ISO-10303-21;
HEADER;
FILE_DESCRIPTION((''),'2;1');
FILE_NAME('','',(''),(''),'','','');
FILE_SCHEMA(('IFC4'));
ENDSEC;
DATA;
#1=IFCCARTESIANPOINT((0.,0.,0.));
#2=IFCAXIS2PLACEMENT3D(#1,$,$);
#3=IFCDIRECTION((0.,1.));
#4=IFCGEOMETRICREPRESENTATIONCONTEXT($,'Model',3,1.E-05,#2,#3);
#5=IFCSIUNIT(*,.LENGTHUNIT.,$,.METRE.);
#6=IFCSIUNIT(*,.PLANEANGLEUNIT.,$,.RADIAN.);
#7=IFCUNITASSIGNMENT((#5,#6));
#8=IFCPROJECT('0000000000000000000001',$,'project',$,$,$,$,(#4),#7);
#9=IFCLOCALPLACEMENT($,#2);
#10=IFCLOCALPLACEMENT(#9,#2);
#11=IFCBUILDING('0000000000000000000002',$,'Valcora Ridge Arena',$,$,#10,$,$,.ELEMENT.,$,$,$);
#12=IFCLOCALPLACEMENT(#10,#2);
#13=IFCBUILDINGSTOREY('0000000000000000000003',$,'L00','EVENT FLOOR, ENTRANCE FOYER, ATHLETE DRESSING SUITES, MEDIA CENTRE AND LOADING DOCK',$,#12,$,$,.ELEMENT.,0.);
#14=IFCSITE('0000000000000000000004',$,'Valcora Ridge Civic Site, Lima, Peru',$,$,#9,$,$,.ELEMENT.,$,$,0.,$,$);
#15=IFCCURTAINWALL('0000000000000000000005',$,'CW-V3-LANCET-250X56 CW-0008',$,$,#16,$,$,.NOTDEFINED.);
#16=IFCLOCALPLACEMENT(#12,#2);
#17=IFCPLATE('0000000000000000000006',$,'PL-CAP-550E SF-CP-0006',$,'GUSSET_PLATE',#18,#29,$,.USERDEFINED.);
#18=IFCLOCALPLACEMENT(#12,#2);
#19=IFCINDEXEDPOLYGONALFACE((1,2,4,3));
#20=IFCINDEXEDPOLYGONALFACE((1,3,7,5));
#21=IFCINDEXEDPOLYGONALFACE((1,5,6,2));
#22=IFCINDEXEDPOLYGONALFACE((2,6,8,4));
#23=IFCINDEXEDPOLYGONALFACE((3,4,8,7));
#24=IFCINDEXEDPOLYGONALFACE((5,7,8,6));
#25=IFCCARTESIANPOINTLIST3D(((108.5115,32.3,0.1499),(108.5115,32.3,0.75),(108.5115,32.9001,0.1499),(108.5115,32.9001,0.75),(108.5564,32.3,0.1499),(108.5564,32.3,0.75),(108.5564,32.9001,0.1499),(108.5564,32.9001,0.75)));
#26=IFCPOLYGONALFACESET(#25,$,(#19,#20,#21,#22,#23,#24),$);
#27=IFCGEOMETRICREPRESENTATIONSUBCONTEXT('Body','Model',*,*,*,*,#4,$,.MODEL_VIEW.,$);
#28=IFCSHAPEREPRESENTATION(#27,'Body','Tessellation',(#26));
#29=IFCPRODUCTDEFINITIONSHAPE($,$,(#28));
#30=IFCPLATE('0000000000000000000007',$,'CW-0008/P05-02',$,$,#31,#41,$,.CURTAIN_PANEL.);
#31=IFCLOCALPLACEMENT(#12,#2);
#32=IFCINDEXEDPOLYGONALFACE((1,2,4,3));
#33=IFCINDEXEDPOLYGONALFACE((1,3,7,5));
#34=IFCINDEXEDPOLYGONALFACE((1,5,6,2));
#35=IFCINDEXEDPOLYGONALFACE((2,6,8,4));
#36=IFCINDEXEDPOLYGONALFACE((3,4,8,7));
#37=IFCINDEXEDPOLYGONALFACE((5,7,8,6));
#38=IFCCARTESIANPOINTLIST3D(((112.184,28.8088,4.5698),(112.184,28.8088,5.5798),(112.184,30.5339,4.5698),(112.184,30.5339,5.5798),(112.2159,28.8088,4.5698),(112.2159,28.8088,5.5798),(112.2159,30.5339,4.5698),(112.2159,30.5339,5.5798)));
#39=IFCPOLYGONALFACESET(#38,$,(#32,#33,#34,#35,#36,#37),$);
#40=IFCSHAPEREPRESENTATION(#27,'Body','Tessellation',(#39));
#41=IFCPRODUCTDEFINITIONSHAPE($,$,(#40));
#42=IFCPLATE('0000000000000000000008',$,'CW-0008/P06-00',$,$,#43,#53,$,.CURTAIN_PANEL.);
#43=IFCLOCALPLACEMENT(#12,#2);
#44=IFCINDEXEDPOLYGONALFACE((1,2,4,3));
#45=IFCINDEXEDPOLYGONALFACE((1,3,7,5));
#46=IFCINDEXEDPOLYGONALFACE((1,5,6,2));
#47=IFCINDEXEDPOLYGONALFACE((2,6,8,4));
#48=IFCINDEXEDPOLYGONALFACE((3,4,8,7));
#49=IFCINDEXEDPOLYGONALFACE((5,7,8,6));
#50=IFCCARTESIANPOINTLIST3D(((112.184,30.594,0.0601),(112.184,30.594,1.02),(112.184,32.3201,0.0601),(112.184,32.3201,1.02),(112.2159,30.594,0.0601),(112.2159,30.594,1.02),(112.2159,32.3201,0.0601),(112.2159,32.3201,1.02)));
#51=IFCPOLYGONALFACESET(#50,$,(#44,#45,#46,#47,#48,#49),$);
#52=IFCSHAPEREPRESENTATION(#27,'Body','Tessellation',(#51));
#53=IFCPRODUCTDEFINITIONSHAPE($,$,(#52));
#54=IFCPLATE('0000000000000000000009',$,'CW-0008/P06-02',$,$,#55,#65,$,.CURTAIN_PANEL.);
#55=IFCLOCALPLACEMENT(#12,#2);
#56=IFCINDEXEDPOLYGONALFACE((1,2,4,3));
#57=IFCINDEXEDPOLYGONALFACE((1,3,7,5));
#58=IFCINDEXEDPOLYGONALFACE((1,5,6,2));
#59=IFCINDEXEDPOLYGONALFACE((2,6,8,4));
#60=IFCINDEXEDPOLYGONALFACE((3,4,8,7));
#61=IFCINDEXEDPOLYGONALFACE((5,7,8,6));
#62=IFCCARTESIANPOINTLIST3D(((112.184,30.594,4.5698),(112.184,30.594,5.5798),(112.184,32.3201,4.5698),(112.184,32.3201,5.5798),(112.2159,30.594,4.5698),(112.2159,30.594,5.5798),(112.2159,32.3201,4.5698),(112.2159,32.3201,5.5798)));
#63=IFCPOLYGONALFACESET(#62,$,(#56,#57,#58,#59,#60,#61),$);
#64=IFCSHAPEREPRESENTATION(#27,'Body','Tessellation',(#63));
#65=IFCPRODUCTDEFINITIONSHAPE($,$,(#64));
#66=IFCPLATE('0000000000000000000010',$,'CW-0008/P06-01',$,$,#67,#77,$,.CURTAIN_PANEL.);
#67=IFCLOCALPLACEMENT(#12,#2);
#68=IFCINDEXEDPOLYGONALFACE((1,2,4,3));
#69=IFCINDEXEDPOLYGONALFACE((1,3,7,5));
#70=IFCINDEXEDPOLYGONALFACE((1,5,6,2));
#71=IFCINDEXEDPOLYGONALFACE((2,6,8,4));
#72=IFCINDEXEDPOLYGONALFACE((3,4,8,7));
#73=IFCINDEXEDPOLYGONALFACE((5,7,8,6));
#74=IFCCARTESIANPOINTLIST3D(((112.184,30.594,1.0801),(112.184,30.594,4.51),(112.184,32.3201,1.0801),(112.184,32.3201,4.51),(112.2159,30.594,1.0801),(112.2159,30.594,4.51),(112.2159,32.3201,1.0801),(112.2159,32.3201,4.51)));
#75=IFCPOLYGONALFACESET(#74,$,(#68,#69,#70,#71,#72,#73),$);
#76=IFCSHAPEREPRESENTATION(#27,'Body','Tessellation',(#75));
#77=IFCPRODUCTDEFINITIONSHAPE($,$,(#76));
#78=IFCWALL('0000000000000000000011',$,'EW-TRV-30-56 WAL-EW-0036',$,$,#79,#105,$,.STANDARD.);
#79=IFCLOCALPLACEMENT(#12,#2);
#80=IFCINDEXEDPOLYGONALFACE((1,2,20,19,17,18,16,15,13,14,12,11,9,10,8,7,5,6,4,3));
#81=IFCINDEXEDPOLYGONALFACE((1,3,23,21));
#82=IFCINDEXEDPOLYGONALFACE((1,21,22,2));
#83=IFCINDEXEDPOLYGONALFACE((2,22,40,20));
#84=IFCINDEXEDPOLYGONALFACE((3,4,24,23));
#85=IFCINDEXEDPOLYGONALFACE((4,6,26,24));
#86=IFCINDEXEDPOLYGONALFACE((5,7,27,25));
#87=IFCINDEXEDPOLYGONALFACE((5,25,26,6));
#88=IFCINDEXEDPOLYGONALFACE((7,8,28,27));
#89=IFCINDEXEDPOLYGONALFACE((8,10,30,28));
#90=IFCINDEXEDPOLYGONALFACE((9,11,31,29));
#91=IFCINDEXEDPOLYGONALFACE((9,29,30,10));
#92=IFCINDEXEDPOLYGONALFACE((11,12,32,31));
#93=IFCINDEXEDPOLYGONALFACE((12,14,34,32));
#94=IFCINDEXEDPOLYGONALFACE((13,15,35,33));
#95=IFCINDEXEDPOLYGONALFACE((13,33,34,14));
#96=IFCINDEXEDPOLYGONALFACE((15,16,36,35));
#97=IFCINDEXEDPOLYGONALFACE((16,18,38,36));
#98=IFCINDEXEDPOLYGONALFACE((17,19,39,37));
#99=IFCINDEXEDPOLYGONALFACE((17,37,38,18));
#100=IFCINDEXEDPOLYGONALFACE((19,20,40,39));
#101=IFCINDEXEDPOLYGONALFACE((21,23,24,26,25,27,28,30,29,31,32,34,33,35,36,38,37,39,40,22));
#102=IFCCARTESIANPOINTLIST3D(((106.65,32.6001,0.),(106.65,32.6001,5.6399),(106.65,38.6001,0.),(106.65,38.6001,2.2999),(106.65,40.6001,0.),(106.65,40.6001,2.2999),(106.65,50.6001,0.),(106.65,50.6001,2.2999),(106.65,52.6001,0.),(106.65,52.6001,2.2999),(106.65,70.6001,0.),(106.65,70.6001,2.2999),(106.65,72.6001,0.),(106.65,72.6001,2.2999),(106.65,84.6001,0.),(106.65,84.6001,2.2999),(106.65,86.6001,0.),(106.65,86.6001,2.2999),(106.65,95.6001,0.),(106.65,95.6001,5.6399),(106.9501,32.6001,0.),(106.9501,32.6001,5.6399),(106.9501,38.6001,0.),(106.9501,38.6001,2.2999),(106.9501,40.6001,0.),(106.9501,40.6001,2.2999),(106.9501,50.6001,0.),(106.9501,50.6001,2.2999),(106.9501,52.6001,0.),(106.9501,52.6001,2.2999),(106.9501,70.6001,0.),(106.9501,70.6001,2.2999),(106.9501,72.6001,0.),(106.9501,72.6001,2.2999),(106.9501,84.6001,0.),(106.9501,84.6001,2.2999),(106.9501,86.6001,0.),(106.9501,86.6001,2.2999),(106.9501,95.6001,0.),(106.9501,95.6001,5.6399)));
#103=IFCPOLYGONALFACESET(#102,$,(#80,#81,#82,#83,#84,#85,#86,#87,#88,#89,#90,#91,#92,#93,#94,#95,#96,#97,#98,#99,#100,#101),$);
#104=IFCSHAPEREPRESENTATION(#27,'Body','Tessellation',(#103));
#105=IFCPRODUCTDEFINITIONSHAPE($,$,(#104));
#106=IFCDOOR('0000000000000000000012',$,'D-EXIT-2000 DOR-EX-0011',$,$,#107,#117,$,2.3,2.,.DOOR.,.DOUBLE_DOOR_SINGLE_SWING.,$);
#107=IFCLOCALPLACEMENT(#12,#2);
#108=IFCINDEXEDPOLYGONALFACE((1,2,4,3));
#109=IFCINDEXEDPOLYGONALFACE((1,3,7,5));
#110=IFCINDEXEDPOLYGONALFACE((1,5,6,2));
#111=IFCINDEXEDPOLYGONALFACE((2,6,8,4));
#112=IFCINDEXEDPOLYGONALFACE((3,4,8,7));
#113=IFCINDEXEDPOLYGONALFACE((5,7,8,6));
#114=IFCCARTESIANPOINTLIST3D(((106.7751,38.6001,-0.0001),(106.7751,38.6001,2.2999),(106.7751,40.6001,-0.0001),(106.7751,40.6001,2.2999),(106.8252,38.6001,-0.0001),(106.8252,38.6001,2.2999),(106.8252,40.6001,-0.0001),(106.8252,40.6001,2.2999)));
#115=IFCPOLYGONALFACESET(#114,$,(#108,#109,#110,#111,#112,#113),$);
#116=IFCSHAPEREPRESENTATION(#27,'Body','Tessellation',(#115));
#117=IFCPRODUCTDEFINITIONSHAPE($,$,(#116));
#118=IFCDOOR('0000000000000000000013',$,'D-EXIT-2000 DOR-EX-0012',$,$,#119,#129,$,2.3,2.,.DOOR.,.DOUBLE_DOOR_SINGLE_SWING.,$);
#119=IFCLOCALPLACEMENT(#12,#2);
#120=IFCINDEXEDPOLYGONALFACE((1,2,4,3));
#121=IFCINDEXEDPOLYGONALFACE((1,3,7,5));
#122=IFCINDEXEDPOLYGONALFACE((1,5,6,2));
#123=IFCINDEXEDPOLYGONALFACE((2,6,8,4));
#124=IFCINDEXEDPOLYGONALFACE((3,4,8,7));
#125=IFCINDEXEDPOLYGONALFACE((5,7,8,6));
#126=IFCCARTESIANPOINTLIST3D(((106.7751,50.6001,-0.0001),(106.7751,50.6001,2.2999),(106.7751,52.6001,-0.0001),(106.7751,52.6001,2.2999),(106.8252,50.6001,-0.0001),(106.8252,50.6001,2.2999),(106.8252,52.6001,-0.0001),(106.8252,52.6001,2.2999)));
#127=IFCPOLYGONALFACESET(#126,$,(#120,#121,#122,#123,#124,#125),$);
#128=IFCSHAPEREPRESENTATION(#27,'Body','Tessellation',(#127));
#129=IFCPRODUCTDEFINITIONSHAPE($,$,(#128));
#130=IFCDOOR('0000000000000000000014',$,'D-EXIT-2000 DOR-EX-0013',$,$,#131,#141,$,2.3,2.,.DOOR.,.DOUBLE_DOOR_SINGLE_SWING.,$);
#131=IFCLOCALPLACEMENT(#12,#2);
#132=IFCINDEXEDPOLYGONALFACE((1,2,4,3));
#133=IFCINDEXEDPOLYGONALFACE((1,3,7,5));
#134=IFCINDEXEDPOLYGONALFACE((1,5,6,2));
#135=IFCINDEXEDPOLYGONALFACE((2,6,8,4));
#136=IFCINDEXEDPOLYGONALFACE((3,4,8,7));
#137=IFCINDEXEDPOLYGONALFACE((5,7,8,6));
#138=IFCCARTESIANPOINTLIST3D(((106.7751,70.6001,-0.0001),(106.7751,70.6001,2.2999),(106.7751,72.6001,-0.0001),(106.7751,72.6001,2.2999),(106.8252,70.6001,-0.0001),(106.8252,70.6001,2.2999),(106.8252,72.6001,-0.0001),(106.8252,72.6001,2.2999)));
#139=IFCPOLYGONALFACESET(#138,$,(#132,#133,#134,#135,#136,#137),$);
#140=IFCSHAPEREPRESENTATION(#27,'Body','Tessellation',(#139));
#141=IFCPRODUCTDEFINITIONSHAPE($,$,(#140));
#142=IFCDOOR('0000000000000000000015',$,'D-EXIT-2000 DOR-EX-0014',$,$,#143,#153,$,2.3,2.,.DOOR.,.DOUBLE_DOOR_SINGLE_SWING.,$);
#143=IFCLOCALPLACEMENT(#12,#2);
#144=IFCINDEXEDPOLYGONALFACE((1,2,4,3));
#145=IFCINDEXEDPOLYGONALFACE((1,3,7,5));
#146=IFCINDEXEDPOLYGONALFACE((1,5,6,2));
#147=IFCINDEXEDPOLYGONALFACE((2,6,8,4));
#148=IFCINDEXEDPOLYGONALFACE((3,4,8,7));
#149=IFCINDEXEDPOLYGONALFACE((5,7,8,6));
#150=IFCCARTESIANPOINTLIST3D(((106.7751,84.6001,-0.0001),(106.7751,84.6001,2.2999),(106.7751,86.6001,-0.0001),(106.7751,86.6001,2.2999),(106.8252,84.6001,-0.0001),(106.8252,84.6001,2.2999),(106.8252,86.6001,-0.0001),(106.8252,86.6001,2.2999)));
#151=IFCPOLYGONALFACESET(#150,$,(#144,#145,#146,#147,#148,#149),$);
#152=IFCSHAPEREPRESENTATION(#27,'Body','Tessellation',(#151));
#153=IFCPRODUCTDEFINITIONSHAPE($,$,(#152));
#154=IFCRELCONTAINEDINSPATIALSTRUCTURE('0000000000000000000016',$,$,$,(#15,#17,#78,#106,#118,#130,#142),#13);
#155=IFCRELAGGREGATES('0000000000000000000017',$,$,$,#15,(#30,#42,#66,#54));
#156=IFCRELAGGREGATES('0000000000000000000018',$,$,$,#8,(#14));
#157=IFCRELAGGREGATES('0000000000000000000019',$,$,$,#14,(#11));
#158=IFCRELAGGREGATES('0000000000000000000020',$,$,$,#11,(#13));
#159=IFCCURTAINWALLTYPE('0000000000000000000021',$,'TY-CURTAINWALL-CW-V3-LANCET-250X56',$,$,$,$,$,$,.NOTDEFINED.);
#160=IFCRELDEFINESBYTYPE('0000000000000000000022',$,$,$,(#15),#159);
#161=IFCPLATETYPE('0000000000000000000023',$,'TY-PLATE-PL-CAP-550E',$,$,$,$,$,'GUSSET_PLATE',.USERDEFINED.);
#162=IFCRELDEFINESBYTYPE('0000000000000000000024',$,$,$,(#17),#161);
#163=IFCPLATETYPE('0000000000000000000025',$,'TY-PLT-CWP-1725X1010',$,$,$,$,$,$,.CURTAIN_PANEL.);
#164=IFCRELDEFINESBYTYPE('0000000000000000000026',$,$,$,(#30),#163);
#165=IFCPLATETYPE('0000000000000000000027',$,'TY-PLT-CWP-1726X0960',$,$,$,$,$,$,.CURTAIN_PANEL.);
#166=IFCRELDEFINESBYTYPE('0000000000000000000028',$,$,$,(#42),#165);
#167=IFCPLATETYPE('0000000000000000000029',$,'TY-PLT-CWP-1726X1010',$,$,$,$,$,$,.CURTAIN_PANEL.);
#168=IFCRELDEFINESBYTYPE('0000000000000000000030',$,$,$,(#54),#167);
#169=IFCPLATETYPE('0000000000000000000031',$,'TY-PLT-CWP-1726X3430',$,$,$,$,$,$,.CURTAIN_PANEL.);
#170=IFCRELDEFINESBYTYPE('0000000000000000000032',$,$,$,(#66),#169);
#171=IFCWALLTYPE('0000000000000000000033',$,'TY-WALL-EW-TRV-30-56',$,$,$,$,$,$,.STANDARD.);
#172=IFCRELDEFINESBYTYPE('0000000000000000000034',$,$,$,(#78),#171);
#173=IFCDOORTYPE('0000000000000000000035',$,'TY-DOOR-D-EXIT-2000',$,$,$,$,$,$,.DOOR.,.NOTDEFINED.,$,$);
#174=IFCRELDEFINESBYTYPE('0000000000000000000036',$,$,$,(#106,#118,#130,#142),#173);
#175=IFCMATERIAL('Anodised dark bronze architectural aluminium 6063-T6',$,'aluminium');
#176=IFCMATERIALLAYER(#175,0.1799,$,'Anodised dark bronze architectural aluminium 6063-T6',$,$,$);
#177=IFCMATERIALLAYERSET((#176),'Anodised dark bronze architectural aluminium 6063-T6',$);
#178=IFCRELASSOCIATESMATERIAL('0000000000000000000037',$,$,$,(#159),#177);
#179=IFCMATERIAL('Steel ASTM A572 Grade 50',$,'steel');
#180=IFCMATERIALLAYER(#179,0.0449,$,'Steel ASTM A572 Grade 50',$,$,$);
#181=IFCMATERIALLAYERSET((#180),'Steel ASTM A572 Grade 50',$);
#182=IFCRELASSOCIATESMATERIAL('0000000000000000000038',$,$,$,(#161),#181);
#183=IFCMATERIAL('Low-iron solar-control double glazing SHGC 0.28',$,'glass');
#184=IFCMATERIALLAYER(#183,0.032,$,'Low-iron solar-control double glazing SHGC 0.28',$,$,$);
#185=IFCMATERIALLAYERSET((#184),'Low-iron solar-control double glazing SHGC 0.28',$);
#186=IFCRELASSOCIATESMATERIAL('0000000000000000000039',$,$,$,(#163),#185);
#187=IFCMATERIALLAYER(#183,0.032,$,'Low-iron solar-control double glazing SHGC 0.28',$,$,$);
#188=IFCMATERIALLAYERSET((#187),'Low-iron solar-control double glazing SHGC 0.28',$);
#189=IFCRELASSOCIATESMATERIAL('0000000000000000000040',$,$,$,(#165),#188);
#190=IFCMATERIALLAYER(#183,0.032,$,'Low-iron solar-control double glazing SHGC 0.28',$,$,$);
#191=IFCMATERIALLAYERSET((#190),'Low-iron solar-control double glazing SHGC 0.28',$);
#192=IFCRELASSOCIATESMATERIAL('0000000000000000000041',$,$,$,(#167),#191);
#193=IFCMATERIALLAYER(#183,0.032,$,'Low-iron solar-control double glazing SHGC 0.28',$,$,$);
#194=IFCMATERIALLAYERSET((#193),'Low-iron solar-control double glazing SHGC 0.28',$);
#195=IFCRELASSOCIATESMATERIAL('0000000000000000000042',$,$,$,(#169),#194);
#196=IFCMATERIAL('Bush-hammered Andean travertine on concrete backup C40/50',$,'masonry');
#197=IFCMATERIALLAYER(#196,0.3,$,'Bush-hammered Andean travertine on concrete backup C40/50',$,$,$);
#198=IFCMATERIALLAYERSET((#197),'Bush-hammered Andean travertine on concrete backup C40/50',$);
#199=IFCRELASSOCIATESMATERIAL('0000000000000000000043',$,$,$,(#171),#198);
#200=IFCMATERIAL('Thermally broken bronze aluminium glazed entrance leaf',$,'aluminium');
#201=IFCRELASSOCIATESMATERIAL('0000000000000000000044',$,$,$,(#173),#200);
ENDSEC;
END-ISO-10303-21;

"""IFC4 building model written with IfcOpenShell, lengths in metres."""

from ifc_helpers import new_model, si_unit, direction, frame, frame_2d, origin, origin_2d, place, context, subcontext, project, spatial, rectangle, extrude, material, layer, layer_set, type_object, element, fill, aggregate, save


model = new_model("IFC4")

# Units and contexts
model_context = context("Model", 3, precision=1e-05, world=origin(), true_north=direction((0.0, 1.0)))
body_context = subcontext(model_context, "Body", "Model", "MODEL_VIEW")
ifc_project = project(units=[si_unit("LENGTHUNIT", "METRE"), si_unit("PLANEANGLEUNIT", "RADIAN")], contexts=[model_context])

# Site, building, storey
site_placement = place(None, origin())
site = spatial("IfcSite", under=ifc_project, at=site_placement, Name="Valcora Ridge Civic Site, Lima, Peru", CompositionType="ELEMENT", RefElevation=0.0)
building_placement = place(site_placement, origin())
building = spatial("IfcBuilding", under=site, at=building_placement, Name="Valcora Ridge Arena", CompositionType="ELEMENT")
storey_placement = place(building_placement, origin())
storey = spatial("IfcBuildingStorey", under=building, at=storey_placement, Name="L00", Description="EVENT FLOOR, ENTRANCE FOYER, ATHLETE DRESSING SUITES, MEDIA CENTRE AND LOADING DOCK", CompositionType="ELEMENT", Elevation=0.0)

# Curtain wall
ifc_material_1 = material(Name="Anodised dark bronze architectural aluminium 6063-T6", Category="aluminium")
ifc_layer_1 = layer(ifc_material_1, 0.1799, Name="Anodised dark bronze architectural aluminium 6063-T6")
ifc_layer_set_1 = layer_set([ifc_layer_1], Name="Anodised dark bronze architectural aluminium 6063-T6")
curtain_wall_type = type_object("IfcCurtainWallType", Name="TY-CURTAINWALL-CW-V3-LANCET-250X56", PredefinedType="NOTDEFINED", material=ifc_layer_set_1)
curtain_wall_placement = place(storey_placement, origin())
curtain_wall = element("IfcCurtainWall", 1, at=curtain_wall_placement, inside=storey, type_object=curtain_wall_type, Name="CW-V3-LANCET-250X56 CW-0008", PredefinedType="NOTDEFINED")

# Plates
ifc_material_2 = material(Name="Steel ASTM A572 Grade 50", Category="steel")
ifc_layer_2 = layer(ifc_material_2, 0.0449, Name="Steel ASTM A572 Grade 50")
ifc_layer_set_2 = layer_set([ifc_layer_2], Name="Steel ASTM A572 Grade 50")
plate_type_1 = type_object("IfcPlateType", Name="TY-PLATE-PL-CAP-550E", ElementType="GUSSET_PLATE", PredefinedType="USERDEFINED", material=ifc_layer_set_2)
plate_1_placement = place(storey_placement, frame((108.5339, 32.6001, 0.1499), z_axis=(0.0, 0.0, 1.0), x_axis=(1.0, 0.0, 0.0)))
element("IfcPlate", 2, at=plate_1_placement, inside=storey, type_object=plate_type_1, Name="PL-CAP-550E SF-CP-0006", ObjectType="GUSSET_PLATE", PredefinedType="USERDEFINED", context=body_context, shape_type="SweptSolid", body=[
    extrude(rectangle(XDim=0.0449, YDim=0.6001, at=origin_2d()), origin(), (0.0, 0.0, 1.0), 0.6001),
])
ifc_material_3 = material(Name="Low-iron solar-control double glazing SHGC 0.28", Category="glass")
ifc_layer_3 = layer(ifc_material_3, 0.032, Name="Low-iron solar-control double glazing SHGC 0.28")
ifc_layer_set_3 = layer_set([ifc_layer_3], Name="Low-iron solar-control double glazing SHGC 0.28")
plate_type_2 = type_object("IfcPlateType", Name="TY-PLT-CWP-1725X1010", PredefinedType="CURTAIN_PANEL", material=ifc_layer_set_3)
plate_2_placement = place(storey_placement, frame((112.2, 29.6714, 4.5698), z_axis=(0.0, 0.0, 1.0), x_axis=(0.0, 1.0, 0.0)))
plate_2 = element("IfcPlate", 3, at=plate_2_placement, type_object=plate_type_2, Name="CW-0008/P05-02", PredefinedType="CURTAIN_PANEL", context=body_context, shape_type="SweptSolid", body=[
    extrude(rectangle(XDim=1.7251, YDim=0.032, at=origin_2d()), origin(), (0.0, 0.0, 1.0), 1.01),
])
ifc_layer_4 = layer(ifc_material_3, 0.032, Name="Low-iron solar-control double glazing SHGC 0.28")
ifc_layer_set_4 = layer_set([ifc_layer_4], Name="Low-iron solar-control double glazing SHGC 0.28")
plate_type_3 = type_object("IfcPlateType", Name="TY-PLT-CWP-1726X0960", PredefinedType="CURTAIN_PANEL", material=ifc_layer_set_4)
plate_3_placement = place(storey_placement, frame((112.2, 31.457, 0.0601), z_axis=(0.0, 0.0, 1.0), x_axis=(0.0, 1.0, 0.0)))
plate_3 = element("IfcPlate", 4, at=plate_3_placement, type_object=plate_type_3, Name="CW-0008/P06-00", PredefinedType="CURTAIN_PANEL", context=body_context, shape_type="SweptSolid", body=[
    extrude(rectangle(XDim=1.7261, YDim=0.032, at=origin_2d()), origin(), (0.0, 0.0, 1.0), 0.96),
])
ifc_layer_5 = layer(ifc_material_3, 0.032, Name="Low-iron solar-control double glazing SHGC 0.28")
ifc_layer_set_5 = layer_set([ifc_layer_5], Name="Low-iron solar-control double glazing SHGC 0.28")
plate_type_4 = type_object("IfcPlateType", Name="TY-PLT-CWP-1726X1010", PredefinedType="CURTAIN_PANEL", material=ifc_layer_set_5)
plate_4_placement = place(storey_placement, frame((112.2, 31.457, 4.5698), z_axis=(0.0, 0.0, 1.0), x_axis=(0.0, 1.0, 0.0)))
plate_4 = element("IfcPlate", 5, at=plate_4_placement, type_object=plate_type_4, Name="CW-0008/P06-02", PredefinedType="CURTAIN_PANEL", context=body_context, shape_type="SweptSolid", body=[
    extrude(rectangle(XDim=1.7261, YDim=0.032, at=origin_2d()), origin(), (0.0, 0.0, 1.0), 1.01),
])
ifc_layer_6 = layer(ifc_material_3, 0.032, Name="Low-iron solar-control double glazing SHGC 0.28")
ifc_layer_set_6 = layer_set([ifc_layer_6], Name="Low-iron solar-control double glazing SHGC 0.28")
plate_type_5 = type_object("IfcPlateType", Name="TY-PLT-CWP-1726X3430", PredefinedType="CURTAIN_PANEL", material=ifc_layer_set_6)
plate_5_placement = place(storey_placement, frame((112.2, 31.457, 1.0801), z_axis=(0.0, 0.0, 1.0), x_axis=(0.0, 1.0, 0.0)))
plate_5 = element("IfcPlate", 6, at=plate_5_placement, type_object=plate_type_5, Name="CW-0008/P06-01", PredefinedType="CURTAIN_PANEL", context=body_context, shape_type="SweptSolid", body=[
    extrude(rectangle(XDim=1.7261, YDim=0.032, at=origin_2d()), origin(), (0.0, 0.0, 1.0), 3.4299),
])
aggregate(curtain_wall, [plate_2, plate_3, plate_5, plate_4])

# Wall, openings, doors
ifc_material_4 = material(Name="Bush-hammered Andean travertine on concrete backup C40/50", Category="masonry")
ifc_layer_7 = layer(ifc_material_4, 0.3, Name="Bush-hammered Andean travertine on concrete backup C40/50")
ifc_layer_set_7 = layer_set([ifc_layer_7], Name="Bush-hammered Andean travertine on concrete backup C40/50")
wall_type = type_object("IfcWallType", Name="TY-WALL-EW-TRV-30-56", PredefinedType="STANDARD", material=ifc_layer_set_7)
wall_placement = place(storey_placement, frame((106.8, 32.6001, 0.0), z_axis=(0.0, 0.0, 1.0), x_axis=(0.0, 1.0, 0.0)))
wall = element("IfcWall", 7, at=wall_placement, inside=storey, type_object=wall_type, Name="EW-TRV-30-56 WAL-EW-0036", PredefinedType="STANDARD", context=body_context, shape_type="SweptSolid", body=[
    extrude(rectangle(XDim=63.0, YDim=0.3, at=frame_2d((31.5, 0.0))), origin(), (0.0, 0.0, 1.0), 5.6399),
])
opening_1_placement = place(wall_placement, frame((6.0, 0.0, 0.0)))
opening_1 = element("IfcOpeningElement", 8, at=opening_1_placement, cuts=wall, PredefinedType="OPENING", context=body_context, shape_type="SweptSolid", body=[
    extrude(rectangle(XDim=2.0, YDim=2.3, at=frame_2d((1.0, 1.1499))), frame((0.0, 0.1599, 0.0), z_axis=(0.0, -1.0, 0.0), x_axis=(1.0, 0.0, 0.0)), (0.0, 0.0, 1.0), 0.3201),
])
opening_2_placement = place(wall_placement, frame((18.0, 0.0, 0.0)))
opening_2 = element("IfcOpeningElement", 9, at=opening_2_placement, cuts=wall, PredefinedType="OPENING", context=body_context, shape_type="SweptSolid", body=[
    extrude(rectangle(XDim=2.0, YDim=2.3, at=frame_2d((1.0, 1.1499))), frame((0.0, 0.1599, 0.0), z_axis=(0.0, -1.0, 0.0), x_axis=(1.0, 0.0, 0.0)), (0.0, 0.0, 1.0), 0.3201),
])
opening_3_placement = place(wall_placement, frame((38.0, 0.0, 0.0)))
opening_3 = element("IfcOpeningElement", 10, at=opening_3_placement, cuts=wall, PredefinedType="OPENING", context=body_context, shape_type="SweptSolid", body=[
    extrude(rectangle(XDim=2.0, YDim=2.3, at=frame_2d((1.0, 1.1499))), frame((0.0, 0.1599, 0.0), z_axis=(0.0, -1.0, 0.0), x_axis=(1.0, 0.0, 0.0)), (0.0, 0.0, 1.0), 0.3201),
])
opening_4_placement = place(wall_placement, frame((52.0, 0.0, 0.0)))
opening_4 = element("IfcOpeningElement", 11, at=opening_4_placement, cuts=wall, PredefinedType="OPENING", context=body_context, shape_type="SweptSolid", body=[
    extrude(rectangle(XDim=2.0, YDim=2.3, at=frame_2d((1.0, 1.1499))), frame((0.0, 0.1599, 0.0), z_axis=(0.0, -1.0, 0.0), x_axis=(1.0, 0.0, 0.0)), (0.0, 0.0, 1.0), 0.3201),
])
ifc_material_5 = material(Name="Thermally broken bronze aluminium glazed entrance leaf", Category="aluminium")
door_type = type_object("IfcDoorType", Name="TY-DOOR-D-EXIT-2000", OperationType="NOTDEFINED", PredefinedType="DOOR", material=ifc_material_5)
door_1_placement = place(opening_1_placement, origin())
door_1 = element("IfcDoor", 12, at=door_1_placement, inside=storey, type_object=door_type, Name="D-EXIT-2000 DOR-EX-0011", OperationType="DOUBLE_DOOR_SINGLE_SWING", OverallHeight=2.3, OverallWidth=2.0, PredefinedType="DOOR", context=body_context, shape_type="SweptSolid", body=[
    extrude(rectangle(XDim=2.0, YDim=2.3, at=frame_2d((1.0, 1.1499))), frame((0.0, 0.0249, 0.0), z_axis=(0.0, -1.0, 0.0), x_axis=(1.0, 0.0, 0.0)), (0.0, 0.0, 1.0), 0.05),
])
fill(opening_1, door_1)
door_2_placement = place(opening_2_placement, origin())
door_2 = element("IfcDoor", 13, at=door_2_placement, inside=storey, type_object=door_type, Name="D-EXIT-2000 DOR-EX-0012", OperationType="DOUBLE_DOOR_SINGLE_SWING", OverallHeight=2.3, OverallWidth=2.0, PredefinedType="DOOR", context=body_context, shape_type="SweptSolid", body=[
    extrude(rectangle(XDim=2.0, YDim=2.3, at=frame_2d((1.0, 1.1499))), frame((0.0, 0.0249, 0.0), z_axis=(0.0, -1.0, 0.0), x_axis=(1.0, 0.0, 0.0)), (0.0, 0.0, 1.0), 0.05),
])
fill(opening_2, door_2)
door_3_placement = place(opening_3_placement, origin())
door_3 = element("IfcDoor", 14, at=door_3_placement, inside=storey, type_object=door_type, Name="D-EXIT-2000 DOR-EX-0013", OperationType="DOUBLE_DOOR_SINGLE_SWING", OverallHeight=2.3, OverallWidth=2.0, PredefinedType="DOOR", context=body_context, shape_type="SweptSolid", body=[
    extrude(rectangle(XDim=2.0, YDim=2.3, at=frame_2d((1.0, 1.1499))), frame((0.0, 0.0249, 0.0), z_axis=(0.0, -1.0, 0.0), x_axis=(1.0, 0.0, 0.0)), (0.0, 0.0, 1.0), 0.05),
])
fill(opening_3, door_3)
door_4_placement = place(opening_4_placement, origin())
door_4 = element("IfcDoor", 15, at=door_4_placement, inside=storey, type_object=door_type, Name="D-EXIT-2000 DOR-EX-0014", OperationType="DOUBLE_DOOR_SINGLE_SWING", OverallHeight=2.3, OverallWidth=2.0, PredefinedType="DOOR", context=body_context, shape_type="SweptSolid", body=[
    extrude(rectangle(XDim=2.0, YDim=2.3, at=frame_2d((1.0, 1.1499))), frame((0.0, 0.0249, 0.0), z_axis=(0.0, -1.0, 0.0), x_axis=(1.0, 0.0, 0.0)), (0.0, 0.0, 1.0), 0.05),
])
fill(opening_4, door_4)

save(model, "model.ifc")
